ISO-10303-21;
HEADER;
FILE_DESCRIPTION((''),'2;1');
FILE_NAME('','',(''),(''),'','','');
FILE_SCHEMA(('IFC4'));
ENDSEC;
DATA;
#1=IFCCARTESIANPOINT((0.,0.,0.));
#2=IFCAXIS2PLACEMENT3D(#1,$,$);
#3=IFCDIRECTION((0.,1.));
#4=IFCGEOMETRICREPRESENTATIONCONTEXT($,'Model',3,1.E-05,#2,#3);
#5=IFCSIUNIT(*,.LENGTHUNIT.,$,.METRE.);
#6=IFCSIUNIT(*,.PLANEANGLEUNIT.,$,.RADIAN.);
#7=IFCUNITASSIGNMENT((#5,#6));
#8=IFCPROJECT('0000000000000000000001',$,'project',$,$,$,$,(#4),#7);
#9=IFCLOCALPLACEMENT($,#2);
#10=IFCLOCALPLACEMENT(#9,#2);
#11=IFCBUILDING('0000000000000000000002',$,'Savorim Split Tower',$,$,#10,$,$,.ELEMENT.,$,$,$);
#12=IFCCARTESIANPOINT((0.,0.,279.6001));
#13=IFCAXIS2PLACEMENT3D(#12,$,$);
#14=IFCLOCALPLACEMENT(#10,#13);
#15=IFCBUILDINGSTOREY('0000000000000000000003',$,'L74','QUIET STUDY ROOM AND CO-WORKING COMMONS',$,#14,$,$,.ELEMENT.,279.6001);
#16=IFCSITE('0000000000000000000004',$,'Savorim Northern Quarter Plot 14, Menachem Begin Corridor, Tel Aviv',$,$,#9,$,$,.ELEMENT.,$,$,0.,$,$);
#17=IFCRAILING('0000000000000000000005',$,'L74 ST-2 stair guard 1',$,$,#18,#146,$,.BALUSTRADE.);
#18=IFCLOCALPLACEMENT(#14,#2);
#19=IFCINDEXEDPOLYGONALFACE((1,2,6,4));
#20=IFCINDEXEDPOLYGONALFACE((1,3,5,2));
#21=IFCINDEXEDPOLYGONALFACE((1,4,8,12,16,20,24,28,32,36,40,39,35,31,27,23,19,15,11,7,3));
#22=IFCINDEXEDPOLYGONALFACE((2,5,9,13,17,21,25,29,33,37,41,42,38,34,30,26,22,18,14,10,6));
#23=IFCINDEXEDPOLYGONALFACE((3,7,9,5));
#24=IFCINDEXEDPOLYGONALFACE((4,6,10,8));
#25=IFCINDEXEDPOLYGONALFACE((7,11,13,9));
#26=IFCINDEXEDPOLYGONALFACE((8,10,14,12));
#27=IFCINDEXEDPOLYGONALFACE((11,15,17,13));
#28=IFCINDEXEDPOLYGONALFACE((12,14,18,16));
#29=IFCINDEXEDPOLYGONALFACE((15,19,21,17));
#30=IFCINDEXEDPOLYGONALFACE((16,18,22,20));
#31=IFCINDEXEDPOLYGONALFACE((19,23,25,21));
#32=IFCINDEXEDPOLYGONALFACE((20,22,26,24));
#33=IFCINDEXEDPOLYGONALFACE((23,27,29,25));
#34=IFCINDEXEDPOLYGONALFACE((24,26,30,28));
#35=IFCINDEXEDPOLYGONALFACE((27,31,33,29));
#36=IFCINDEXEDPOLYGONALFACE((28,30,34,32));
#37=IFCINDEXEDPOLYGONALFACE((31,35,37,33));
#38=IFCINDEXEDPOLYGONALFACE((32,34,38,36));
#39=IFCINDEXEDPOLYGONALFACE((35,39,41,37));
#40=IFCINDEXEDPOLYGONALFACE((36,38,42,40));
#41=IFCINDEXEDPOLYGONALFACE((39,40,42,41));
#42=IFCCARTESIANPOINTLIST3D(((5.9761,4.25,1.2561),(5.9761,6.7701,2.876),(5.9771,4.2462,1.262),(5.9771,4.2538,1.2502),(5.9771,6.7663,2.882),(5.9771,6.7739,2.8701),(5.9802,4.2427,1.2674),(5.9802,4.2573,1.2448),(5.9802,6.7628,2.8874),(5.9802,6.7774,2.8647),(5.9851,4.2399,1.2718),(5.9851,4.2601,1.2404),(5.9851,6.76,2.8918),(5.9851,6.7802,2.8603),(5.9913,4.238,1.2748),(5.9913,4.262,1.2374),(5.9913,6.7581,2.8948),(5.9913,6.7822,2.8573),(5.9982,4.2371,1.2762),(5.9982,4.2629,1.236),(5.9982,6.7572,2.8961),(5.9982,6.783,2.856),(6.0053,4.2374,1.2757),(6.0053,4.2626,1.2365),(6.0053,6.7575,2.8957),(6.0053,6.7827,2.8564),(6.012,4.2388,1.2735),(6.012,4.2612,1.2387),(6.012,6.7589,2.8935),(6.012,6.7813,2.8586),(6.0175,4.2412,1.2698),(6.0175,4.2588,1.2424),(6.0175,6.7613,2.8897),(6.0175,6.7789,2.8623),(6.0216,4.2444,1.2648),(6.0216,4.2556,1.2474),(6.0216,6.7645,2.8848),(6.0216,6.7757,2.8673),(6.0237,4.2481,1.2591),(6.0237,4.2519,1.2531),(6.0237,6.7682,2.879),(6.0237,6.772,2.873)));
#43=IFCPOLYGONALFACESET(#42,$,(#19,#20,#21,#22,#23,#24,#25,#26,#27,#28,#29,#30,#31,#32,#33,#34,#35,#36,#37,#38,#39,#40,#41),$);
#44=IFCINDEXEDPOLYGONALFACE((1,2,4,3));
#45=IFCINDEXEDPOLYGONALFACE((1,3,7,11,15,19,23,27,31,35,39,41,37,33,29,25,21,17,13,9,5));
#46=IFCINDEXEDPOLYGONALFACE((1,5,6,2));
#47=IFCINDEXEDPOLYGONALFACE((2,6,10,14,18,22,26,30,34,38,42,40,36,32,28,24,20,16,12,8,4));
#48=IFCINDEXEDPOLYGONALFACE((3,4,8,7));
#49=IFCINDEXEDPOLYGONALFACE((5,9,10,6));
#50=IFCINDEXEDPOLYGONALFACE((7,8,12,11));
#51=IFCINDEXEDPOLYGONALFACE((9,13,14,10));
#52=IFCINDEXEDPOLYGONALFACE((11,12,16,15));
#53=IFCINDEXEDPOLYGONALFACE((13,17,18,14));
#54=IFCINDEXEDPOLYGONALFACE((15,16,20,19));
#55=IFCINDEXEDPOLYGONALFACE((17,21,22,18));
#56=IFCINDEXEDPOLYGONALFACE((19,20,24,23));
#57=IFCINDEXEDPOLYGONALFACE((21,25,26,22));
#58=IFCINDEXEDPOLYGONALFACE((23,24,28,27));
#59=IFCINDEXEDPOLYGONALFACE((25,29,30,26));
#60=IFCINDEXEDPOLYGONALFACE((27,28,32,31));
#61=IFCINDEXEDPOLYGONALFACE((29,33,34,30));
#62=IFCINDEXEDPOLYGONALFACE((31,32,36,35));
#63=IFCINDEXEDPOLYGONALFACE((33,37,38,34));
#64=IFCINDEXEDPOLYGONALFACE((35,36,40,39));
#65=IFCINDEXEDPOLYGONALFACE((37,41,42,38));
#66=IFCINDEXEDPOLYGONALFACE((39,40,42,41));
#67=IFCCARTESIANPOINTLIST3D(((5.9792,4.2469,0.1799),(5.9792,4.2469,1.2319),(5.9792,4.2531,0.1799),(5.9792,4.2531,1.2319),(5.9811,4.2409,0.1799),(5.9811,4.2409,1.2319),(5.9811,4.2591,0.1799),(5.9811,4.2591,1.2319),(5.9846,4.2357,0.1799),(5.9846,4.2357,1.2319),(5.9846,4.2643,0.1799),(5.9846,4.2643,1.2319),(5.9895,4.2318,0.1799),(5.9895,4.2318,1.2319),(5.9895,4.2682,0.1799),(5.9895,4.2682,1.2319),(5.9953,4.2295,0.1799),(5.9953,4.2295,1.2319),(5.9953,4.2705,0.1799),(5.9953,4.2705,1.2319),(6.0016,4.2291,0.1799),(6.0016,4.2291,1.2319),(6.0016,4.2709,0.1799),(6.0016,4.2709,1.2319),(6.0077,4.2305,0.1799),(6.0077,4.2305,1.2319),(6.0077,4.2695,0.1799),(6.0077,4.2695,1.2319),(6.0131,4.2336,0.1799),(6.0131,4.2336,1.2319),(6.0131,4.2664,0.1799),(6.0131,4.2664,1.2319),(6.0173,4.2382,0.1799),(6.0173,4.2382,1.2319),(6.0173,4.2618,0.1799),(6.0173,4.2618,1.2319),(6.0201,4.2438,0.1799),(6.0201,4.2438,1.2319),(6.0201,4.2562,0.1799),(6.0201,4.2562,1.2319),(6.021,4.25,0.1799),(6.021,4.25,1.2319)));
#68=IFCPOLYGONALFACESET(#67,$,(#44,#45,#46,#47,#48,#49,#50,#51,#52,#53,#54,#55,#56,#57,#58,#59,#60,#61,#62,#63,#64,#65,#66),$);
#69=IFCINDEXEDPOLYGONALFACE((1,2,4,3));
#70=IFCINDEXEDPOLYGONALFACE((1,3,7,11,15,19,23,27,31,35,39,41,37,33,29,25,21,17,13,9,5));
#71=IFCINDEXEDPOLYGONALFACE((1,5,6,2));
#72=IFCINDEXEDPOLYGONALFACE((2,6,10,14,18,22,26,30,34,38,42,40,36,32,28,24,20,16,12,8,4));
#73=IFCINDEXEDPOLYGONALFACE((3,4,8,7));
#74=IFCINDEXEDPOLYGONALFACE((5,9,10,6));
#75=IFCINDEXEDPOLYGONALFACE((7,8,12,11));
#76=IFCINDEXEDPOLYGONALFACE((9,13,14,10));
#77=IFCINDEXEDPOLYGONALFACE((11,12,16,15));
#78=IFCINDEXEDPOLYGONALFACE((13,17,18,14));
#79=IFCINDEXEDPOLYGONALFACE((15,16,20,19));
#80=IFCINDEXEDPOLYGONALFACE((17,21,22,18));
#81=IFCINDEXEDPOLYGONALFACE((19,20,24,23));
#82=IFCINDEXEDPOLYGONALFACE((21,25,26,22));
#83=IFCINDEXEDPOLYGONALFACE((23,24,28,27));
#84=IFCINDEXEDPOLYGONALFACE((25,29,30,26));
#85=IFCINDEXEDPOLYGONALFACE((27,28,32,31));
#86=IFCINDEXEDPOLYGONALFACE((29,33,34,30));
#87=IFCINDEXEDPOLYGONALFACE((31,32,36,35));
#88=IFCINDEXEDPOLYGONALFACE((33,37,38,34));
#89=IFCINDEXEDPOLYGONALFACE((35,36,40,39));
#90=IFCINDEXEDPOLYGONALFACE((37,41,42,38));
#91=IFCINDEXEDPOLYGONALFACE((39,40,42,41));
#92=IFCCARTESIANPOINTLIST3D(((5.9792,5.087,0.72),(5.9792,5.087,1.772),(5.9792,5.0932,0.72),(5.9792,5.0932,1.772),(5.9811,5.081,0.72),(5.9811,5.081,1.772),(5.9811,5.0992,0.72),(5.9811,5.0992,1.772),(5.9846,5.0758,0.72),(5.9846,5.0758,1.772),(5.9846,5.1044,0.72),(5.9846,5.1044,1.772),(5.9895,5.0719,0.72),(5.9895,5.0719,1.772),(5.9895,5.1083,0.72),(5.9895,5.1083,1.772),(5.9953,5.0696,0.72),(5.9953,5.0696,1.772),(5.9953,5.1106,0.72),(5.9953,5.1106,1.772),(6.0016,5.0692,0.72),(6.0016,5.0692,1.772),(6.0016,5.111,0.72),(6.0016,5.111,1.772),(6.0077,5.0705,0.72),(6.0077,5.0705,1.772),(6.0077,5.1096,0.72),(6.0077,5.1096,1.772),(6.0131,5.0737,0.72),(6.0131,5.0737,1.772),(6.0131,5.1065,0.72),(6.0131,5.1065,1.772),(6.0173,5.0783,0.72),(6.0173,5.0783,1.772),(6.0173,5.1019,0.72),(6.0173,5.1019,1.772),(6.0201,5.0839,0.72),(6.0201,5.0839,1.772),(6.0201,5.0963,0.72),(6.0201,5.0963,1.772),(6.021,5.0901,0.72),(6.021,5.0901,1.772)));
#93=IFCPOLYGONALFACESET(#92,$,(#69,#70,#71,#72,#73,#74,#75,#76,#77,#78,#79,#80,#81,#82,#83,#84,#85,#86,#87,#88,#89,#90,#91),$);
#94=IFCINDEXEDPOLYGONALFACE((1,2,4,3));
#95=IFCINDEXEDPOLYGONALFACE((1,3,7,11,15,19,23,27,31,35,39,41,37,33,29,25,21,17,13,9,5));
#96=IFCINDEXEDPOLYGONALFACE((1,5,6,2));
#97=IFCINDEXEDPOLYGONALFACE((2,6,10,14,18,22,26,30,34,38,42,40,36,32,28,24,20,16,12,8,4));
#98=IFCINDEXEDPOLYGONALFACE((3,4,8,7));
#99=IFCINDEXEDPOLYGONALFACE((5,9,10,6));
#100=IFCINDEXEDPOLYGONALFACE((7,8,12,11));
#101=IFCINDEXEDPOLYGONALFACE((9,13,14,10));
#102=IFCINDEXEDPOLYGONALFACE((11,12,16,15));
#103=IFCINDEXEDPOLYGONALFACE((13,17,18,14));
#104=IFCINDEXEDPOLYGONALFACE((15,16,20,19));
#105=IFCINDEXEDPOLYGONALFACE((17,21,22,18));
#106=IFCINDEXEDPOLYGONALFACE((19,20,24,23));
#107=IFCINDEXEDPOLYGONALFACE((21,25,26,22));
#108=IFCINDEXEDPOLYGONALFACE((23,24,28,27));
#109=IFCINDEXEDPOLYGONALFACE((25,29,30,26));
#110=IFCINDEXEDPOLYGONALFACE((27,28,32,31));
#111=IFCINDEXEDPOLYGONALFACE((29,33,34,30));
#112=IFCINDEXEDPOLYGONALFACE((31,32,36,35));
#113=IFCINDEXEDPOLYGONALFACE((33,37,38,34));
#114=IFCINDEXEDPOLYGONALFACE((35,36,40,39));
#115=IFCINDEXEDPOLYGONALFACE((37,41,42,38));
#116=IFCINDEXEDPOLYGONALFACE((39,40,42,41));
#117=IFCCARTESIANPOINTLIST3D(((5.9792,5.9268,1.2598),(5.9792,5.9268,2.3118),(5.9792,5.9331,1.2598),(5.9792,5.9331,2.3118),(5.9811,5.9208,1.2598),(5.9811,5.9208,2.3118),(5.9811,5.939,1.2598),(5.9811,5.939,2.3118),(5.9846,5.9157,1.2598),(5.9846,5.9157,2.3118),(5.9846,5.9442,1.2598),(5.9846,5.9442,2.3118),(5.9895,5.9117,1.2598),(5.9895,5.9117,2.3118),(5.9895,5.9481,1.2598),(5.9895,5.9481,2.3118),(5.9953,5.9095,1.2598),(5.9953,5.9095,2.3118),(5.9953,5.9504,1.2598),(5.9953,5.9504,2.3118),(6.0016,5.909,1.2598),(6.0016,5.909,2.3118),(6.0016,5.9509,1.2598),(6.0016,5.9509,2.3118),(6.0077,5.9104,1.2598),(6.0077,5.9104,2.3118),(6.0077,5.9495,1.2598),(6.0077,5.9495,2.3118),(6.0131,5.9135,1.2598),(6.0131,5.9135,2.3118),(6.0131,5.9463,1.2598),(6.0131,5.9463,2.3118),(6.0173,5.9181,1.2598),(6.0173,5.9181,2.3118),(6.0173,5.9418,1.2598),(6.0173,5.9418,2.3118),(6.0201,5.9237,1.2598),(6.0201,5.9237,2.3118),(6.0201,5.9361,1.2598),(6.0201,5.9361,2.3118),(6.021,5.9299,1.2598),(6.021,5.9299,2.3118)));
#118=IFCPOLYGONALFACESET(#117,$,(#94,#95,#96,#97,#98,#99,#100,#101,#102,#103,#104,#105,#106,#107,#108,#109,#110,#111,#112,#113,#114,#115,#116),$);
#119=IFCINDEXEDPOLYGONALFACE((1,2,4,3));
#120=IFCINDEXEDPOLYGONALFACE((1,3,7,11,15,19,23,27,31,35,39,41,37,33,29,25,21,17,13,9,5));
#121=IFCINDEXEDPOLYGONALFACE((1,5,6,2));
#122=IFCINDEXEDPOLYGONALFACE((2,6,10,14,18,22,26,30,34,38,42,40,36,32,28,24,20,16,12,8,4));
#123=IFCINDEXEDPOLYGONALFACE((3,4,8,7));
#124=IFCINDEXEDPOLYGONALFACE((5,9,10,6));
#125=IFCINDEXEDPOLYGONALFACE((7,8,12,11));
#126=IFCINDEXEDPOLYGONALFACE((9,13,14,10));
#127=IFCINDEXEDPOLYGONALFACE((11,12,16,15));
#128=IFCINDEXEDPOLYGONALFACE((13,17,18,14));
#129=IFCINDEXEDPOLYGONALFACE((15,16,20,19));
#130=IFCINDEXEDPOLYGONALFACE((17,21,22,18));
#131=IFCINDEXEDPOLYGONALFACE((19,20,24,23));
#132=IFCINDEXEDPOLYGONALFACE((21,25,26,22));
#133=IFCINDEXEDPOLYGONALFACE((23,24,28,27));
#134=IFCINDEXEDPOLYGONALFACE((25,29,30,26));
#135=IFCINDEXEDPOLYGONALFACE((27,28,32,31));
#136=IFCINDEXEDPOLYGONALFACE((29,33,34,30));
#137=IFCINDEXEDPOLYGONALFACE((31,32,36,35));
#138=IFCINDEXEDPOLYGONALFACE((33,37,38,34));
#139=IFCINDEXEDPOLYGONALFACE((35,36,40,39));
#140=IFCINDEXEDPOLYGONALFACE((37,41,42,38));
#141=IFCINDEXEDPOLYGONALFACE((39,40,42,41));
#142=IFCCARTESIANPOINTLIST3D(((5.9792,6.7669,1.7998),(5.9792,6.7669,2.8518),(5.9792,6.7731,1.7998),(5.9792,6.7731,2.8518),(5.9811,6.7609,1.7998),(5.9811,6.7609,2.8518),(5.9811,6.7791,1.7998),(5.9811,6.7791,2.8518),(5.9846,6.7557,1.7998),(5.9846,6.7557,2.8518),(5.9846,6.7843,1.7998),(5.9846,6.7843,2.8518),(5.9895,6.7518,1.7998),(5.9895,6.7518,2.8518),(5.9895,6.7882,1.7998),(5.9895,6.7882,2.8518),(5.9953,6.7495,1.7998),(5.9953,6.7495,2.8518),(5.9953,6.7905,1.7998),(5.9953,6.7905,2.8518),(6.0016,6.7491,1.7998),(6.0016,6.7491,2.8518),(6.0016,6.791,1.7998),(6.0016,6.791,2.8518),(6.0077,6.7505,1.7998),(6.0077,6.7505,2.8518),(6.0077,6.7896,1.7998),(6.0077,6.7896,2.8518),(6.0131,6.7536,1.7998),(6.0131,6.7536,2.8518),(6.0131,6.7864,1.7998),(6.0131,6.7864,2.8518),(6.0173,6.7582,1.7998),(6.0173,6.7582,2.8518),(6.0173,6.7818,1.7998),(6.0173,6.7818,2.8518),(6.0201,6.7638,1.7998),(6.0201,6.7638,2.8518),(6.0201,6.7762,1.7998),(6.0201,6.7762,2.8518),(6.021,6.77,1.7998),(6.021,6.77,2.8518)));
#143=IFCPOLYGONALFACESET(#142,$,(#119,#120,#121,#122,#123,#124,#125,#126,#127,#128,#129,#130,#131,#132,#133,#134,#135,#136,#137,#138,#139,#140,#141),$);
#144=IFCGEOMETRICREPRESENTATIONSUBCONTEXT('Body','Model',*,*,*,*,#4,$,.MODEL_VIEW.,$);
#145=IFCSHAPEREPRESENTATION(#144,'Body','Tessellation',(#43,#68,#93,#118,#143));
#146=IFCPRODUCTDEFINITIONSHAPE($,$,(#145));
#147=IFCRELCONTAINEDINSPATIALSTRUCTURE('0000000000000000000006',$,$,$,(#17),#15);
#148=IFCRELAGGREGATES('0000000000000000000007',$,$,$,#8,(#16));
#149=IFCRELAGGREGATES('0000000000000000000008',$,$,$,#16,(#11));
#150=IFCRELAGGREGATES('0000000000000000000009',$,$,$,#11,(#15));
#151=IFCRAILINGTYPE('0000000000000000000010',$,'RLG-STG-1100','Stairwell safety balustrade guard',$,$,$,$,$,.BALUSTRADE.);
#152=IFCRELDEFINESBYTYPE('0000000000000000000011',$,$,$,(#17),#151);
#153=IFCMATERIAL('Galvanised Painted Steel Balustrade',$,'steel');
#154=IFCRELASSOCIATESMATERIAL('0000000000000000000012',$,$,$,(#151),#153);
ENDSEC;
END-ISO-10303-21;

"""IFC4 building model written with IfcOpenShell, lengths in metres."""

from ifc_helpers import new_model, si_unit, direction, frame, origin, origin_2d, place, context, subcontext, project, spatial, circle, extrude, material, type_object, element, save


model = new_model("IFC4")

# Units and contexts
model_context = context("Model", 3, precision=1e-05, world=origin(), true_north=direction((0.0, 1.0)))
body_context = subcontext(model_context, "Body", "Model", "MODEL_VIEW")
ifc_project = project(units=[si_unit("LENGTHUNIT", "METRE"), si_unit("PLANEANGLEUNIT", "RADIAN")], contexts=[model_context])

# Site, building, storey
site_placement = place(None, origin())
site = spatial("IfcSite", under=ifc_project, at=site_placement, Name="Savorim Northern Quarter Plot 14, Menachem Begin Corridor, Tel Aviv", CompositionType="ELEMENT", RefElevation=0.0)
building_placement = place(site_placement, origin())
building = spatial("IfcBuilding", under=site, at=building_placement, Name="Savorim Split Tower", CompositionType="ELEMENT")
storey_placement = place(building_placement, frame((0.0, 0.0, 279.6001)))
storey = spatial("IfcBuildingStorey", under=building, at=storey_placement, Name="L74", Description="QUIET STUDY ROOM AND CO-WORKING COMMONS", CompositionType="ELEMENT", Elevation=279.6001)

# Railing
ifc_material_1 = material(Name="Galvanised Painted Steel Balustrade", Category="steel")
railing_type_1 = type_object("IfcRailingType", Name="RLG-STG-1100", Description="Stairwell safety balustrade guard", PredefinedType="BALUSTRADE", material=ifc_material_1)
railing_1_placement = place(storey_placement, frame((6.0, 4.25, 0.1799)))
element("IfcRailing", 1, at=railing_1_placement, inside=storey, type_object=railing_type_1, Name="L74 ST-2 stair guard 1", PredefinedType="BALUSTRADE", context=body_context, shape_type="SweptSolid", body=[
    extrude(circle(Radius=0.0239, at=origin_2d()), frame((0.0, 0.0, 1.0762), z_axis=(0.0, 0.8412, 0.540725), x_axis=(-1.0, 0.0, 0.0)), (0.0, 0.0, 1.0), 2.9958),
    extrude(circle(Radius=0.021, at=origin_2d()), origin(), (0.0, 0.0, 1.0), 1.052),
    extrude(circle(Radius=0.021, at=origin_2d()), frame((0.0, 0.8401, 0.54)), (0.0, 0.0, 1.0), 1.052),
    extrude(circle(Radius=0.021, at=origin_2d()), frame((0.0, 1.6799, 1.0798)), (0.0, 0.0, 1.0), 1.052),
    extrude(circle(Radius=0.021, at=origin_2d()), frame((0.0, 2.52, 1.6199)), (0.0, 0.0, 1.0), 1.052),
])

save(model, "model.ifc")
